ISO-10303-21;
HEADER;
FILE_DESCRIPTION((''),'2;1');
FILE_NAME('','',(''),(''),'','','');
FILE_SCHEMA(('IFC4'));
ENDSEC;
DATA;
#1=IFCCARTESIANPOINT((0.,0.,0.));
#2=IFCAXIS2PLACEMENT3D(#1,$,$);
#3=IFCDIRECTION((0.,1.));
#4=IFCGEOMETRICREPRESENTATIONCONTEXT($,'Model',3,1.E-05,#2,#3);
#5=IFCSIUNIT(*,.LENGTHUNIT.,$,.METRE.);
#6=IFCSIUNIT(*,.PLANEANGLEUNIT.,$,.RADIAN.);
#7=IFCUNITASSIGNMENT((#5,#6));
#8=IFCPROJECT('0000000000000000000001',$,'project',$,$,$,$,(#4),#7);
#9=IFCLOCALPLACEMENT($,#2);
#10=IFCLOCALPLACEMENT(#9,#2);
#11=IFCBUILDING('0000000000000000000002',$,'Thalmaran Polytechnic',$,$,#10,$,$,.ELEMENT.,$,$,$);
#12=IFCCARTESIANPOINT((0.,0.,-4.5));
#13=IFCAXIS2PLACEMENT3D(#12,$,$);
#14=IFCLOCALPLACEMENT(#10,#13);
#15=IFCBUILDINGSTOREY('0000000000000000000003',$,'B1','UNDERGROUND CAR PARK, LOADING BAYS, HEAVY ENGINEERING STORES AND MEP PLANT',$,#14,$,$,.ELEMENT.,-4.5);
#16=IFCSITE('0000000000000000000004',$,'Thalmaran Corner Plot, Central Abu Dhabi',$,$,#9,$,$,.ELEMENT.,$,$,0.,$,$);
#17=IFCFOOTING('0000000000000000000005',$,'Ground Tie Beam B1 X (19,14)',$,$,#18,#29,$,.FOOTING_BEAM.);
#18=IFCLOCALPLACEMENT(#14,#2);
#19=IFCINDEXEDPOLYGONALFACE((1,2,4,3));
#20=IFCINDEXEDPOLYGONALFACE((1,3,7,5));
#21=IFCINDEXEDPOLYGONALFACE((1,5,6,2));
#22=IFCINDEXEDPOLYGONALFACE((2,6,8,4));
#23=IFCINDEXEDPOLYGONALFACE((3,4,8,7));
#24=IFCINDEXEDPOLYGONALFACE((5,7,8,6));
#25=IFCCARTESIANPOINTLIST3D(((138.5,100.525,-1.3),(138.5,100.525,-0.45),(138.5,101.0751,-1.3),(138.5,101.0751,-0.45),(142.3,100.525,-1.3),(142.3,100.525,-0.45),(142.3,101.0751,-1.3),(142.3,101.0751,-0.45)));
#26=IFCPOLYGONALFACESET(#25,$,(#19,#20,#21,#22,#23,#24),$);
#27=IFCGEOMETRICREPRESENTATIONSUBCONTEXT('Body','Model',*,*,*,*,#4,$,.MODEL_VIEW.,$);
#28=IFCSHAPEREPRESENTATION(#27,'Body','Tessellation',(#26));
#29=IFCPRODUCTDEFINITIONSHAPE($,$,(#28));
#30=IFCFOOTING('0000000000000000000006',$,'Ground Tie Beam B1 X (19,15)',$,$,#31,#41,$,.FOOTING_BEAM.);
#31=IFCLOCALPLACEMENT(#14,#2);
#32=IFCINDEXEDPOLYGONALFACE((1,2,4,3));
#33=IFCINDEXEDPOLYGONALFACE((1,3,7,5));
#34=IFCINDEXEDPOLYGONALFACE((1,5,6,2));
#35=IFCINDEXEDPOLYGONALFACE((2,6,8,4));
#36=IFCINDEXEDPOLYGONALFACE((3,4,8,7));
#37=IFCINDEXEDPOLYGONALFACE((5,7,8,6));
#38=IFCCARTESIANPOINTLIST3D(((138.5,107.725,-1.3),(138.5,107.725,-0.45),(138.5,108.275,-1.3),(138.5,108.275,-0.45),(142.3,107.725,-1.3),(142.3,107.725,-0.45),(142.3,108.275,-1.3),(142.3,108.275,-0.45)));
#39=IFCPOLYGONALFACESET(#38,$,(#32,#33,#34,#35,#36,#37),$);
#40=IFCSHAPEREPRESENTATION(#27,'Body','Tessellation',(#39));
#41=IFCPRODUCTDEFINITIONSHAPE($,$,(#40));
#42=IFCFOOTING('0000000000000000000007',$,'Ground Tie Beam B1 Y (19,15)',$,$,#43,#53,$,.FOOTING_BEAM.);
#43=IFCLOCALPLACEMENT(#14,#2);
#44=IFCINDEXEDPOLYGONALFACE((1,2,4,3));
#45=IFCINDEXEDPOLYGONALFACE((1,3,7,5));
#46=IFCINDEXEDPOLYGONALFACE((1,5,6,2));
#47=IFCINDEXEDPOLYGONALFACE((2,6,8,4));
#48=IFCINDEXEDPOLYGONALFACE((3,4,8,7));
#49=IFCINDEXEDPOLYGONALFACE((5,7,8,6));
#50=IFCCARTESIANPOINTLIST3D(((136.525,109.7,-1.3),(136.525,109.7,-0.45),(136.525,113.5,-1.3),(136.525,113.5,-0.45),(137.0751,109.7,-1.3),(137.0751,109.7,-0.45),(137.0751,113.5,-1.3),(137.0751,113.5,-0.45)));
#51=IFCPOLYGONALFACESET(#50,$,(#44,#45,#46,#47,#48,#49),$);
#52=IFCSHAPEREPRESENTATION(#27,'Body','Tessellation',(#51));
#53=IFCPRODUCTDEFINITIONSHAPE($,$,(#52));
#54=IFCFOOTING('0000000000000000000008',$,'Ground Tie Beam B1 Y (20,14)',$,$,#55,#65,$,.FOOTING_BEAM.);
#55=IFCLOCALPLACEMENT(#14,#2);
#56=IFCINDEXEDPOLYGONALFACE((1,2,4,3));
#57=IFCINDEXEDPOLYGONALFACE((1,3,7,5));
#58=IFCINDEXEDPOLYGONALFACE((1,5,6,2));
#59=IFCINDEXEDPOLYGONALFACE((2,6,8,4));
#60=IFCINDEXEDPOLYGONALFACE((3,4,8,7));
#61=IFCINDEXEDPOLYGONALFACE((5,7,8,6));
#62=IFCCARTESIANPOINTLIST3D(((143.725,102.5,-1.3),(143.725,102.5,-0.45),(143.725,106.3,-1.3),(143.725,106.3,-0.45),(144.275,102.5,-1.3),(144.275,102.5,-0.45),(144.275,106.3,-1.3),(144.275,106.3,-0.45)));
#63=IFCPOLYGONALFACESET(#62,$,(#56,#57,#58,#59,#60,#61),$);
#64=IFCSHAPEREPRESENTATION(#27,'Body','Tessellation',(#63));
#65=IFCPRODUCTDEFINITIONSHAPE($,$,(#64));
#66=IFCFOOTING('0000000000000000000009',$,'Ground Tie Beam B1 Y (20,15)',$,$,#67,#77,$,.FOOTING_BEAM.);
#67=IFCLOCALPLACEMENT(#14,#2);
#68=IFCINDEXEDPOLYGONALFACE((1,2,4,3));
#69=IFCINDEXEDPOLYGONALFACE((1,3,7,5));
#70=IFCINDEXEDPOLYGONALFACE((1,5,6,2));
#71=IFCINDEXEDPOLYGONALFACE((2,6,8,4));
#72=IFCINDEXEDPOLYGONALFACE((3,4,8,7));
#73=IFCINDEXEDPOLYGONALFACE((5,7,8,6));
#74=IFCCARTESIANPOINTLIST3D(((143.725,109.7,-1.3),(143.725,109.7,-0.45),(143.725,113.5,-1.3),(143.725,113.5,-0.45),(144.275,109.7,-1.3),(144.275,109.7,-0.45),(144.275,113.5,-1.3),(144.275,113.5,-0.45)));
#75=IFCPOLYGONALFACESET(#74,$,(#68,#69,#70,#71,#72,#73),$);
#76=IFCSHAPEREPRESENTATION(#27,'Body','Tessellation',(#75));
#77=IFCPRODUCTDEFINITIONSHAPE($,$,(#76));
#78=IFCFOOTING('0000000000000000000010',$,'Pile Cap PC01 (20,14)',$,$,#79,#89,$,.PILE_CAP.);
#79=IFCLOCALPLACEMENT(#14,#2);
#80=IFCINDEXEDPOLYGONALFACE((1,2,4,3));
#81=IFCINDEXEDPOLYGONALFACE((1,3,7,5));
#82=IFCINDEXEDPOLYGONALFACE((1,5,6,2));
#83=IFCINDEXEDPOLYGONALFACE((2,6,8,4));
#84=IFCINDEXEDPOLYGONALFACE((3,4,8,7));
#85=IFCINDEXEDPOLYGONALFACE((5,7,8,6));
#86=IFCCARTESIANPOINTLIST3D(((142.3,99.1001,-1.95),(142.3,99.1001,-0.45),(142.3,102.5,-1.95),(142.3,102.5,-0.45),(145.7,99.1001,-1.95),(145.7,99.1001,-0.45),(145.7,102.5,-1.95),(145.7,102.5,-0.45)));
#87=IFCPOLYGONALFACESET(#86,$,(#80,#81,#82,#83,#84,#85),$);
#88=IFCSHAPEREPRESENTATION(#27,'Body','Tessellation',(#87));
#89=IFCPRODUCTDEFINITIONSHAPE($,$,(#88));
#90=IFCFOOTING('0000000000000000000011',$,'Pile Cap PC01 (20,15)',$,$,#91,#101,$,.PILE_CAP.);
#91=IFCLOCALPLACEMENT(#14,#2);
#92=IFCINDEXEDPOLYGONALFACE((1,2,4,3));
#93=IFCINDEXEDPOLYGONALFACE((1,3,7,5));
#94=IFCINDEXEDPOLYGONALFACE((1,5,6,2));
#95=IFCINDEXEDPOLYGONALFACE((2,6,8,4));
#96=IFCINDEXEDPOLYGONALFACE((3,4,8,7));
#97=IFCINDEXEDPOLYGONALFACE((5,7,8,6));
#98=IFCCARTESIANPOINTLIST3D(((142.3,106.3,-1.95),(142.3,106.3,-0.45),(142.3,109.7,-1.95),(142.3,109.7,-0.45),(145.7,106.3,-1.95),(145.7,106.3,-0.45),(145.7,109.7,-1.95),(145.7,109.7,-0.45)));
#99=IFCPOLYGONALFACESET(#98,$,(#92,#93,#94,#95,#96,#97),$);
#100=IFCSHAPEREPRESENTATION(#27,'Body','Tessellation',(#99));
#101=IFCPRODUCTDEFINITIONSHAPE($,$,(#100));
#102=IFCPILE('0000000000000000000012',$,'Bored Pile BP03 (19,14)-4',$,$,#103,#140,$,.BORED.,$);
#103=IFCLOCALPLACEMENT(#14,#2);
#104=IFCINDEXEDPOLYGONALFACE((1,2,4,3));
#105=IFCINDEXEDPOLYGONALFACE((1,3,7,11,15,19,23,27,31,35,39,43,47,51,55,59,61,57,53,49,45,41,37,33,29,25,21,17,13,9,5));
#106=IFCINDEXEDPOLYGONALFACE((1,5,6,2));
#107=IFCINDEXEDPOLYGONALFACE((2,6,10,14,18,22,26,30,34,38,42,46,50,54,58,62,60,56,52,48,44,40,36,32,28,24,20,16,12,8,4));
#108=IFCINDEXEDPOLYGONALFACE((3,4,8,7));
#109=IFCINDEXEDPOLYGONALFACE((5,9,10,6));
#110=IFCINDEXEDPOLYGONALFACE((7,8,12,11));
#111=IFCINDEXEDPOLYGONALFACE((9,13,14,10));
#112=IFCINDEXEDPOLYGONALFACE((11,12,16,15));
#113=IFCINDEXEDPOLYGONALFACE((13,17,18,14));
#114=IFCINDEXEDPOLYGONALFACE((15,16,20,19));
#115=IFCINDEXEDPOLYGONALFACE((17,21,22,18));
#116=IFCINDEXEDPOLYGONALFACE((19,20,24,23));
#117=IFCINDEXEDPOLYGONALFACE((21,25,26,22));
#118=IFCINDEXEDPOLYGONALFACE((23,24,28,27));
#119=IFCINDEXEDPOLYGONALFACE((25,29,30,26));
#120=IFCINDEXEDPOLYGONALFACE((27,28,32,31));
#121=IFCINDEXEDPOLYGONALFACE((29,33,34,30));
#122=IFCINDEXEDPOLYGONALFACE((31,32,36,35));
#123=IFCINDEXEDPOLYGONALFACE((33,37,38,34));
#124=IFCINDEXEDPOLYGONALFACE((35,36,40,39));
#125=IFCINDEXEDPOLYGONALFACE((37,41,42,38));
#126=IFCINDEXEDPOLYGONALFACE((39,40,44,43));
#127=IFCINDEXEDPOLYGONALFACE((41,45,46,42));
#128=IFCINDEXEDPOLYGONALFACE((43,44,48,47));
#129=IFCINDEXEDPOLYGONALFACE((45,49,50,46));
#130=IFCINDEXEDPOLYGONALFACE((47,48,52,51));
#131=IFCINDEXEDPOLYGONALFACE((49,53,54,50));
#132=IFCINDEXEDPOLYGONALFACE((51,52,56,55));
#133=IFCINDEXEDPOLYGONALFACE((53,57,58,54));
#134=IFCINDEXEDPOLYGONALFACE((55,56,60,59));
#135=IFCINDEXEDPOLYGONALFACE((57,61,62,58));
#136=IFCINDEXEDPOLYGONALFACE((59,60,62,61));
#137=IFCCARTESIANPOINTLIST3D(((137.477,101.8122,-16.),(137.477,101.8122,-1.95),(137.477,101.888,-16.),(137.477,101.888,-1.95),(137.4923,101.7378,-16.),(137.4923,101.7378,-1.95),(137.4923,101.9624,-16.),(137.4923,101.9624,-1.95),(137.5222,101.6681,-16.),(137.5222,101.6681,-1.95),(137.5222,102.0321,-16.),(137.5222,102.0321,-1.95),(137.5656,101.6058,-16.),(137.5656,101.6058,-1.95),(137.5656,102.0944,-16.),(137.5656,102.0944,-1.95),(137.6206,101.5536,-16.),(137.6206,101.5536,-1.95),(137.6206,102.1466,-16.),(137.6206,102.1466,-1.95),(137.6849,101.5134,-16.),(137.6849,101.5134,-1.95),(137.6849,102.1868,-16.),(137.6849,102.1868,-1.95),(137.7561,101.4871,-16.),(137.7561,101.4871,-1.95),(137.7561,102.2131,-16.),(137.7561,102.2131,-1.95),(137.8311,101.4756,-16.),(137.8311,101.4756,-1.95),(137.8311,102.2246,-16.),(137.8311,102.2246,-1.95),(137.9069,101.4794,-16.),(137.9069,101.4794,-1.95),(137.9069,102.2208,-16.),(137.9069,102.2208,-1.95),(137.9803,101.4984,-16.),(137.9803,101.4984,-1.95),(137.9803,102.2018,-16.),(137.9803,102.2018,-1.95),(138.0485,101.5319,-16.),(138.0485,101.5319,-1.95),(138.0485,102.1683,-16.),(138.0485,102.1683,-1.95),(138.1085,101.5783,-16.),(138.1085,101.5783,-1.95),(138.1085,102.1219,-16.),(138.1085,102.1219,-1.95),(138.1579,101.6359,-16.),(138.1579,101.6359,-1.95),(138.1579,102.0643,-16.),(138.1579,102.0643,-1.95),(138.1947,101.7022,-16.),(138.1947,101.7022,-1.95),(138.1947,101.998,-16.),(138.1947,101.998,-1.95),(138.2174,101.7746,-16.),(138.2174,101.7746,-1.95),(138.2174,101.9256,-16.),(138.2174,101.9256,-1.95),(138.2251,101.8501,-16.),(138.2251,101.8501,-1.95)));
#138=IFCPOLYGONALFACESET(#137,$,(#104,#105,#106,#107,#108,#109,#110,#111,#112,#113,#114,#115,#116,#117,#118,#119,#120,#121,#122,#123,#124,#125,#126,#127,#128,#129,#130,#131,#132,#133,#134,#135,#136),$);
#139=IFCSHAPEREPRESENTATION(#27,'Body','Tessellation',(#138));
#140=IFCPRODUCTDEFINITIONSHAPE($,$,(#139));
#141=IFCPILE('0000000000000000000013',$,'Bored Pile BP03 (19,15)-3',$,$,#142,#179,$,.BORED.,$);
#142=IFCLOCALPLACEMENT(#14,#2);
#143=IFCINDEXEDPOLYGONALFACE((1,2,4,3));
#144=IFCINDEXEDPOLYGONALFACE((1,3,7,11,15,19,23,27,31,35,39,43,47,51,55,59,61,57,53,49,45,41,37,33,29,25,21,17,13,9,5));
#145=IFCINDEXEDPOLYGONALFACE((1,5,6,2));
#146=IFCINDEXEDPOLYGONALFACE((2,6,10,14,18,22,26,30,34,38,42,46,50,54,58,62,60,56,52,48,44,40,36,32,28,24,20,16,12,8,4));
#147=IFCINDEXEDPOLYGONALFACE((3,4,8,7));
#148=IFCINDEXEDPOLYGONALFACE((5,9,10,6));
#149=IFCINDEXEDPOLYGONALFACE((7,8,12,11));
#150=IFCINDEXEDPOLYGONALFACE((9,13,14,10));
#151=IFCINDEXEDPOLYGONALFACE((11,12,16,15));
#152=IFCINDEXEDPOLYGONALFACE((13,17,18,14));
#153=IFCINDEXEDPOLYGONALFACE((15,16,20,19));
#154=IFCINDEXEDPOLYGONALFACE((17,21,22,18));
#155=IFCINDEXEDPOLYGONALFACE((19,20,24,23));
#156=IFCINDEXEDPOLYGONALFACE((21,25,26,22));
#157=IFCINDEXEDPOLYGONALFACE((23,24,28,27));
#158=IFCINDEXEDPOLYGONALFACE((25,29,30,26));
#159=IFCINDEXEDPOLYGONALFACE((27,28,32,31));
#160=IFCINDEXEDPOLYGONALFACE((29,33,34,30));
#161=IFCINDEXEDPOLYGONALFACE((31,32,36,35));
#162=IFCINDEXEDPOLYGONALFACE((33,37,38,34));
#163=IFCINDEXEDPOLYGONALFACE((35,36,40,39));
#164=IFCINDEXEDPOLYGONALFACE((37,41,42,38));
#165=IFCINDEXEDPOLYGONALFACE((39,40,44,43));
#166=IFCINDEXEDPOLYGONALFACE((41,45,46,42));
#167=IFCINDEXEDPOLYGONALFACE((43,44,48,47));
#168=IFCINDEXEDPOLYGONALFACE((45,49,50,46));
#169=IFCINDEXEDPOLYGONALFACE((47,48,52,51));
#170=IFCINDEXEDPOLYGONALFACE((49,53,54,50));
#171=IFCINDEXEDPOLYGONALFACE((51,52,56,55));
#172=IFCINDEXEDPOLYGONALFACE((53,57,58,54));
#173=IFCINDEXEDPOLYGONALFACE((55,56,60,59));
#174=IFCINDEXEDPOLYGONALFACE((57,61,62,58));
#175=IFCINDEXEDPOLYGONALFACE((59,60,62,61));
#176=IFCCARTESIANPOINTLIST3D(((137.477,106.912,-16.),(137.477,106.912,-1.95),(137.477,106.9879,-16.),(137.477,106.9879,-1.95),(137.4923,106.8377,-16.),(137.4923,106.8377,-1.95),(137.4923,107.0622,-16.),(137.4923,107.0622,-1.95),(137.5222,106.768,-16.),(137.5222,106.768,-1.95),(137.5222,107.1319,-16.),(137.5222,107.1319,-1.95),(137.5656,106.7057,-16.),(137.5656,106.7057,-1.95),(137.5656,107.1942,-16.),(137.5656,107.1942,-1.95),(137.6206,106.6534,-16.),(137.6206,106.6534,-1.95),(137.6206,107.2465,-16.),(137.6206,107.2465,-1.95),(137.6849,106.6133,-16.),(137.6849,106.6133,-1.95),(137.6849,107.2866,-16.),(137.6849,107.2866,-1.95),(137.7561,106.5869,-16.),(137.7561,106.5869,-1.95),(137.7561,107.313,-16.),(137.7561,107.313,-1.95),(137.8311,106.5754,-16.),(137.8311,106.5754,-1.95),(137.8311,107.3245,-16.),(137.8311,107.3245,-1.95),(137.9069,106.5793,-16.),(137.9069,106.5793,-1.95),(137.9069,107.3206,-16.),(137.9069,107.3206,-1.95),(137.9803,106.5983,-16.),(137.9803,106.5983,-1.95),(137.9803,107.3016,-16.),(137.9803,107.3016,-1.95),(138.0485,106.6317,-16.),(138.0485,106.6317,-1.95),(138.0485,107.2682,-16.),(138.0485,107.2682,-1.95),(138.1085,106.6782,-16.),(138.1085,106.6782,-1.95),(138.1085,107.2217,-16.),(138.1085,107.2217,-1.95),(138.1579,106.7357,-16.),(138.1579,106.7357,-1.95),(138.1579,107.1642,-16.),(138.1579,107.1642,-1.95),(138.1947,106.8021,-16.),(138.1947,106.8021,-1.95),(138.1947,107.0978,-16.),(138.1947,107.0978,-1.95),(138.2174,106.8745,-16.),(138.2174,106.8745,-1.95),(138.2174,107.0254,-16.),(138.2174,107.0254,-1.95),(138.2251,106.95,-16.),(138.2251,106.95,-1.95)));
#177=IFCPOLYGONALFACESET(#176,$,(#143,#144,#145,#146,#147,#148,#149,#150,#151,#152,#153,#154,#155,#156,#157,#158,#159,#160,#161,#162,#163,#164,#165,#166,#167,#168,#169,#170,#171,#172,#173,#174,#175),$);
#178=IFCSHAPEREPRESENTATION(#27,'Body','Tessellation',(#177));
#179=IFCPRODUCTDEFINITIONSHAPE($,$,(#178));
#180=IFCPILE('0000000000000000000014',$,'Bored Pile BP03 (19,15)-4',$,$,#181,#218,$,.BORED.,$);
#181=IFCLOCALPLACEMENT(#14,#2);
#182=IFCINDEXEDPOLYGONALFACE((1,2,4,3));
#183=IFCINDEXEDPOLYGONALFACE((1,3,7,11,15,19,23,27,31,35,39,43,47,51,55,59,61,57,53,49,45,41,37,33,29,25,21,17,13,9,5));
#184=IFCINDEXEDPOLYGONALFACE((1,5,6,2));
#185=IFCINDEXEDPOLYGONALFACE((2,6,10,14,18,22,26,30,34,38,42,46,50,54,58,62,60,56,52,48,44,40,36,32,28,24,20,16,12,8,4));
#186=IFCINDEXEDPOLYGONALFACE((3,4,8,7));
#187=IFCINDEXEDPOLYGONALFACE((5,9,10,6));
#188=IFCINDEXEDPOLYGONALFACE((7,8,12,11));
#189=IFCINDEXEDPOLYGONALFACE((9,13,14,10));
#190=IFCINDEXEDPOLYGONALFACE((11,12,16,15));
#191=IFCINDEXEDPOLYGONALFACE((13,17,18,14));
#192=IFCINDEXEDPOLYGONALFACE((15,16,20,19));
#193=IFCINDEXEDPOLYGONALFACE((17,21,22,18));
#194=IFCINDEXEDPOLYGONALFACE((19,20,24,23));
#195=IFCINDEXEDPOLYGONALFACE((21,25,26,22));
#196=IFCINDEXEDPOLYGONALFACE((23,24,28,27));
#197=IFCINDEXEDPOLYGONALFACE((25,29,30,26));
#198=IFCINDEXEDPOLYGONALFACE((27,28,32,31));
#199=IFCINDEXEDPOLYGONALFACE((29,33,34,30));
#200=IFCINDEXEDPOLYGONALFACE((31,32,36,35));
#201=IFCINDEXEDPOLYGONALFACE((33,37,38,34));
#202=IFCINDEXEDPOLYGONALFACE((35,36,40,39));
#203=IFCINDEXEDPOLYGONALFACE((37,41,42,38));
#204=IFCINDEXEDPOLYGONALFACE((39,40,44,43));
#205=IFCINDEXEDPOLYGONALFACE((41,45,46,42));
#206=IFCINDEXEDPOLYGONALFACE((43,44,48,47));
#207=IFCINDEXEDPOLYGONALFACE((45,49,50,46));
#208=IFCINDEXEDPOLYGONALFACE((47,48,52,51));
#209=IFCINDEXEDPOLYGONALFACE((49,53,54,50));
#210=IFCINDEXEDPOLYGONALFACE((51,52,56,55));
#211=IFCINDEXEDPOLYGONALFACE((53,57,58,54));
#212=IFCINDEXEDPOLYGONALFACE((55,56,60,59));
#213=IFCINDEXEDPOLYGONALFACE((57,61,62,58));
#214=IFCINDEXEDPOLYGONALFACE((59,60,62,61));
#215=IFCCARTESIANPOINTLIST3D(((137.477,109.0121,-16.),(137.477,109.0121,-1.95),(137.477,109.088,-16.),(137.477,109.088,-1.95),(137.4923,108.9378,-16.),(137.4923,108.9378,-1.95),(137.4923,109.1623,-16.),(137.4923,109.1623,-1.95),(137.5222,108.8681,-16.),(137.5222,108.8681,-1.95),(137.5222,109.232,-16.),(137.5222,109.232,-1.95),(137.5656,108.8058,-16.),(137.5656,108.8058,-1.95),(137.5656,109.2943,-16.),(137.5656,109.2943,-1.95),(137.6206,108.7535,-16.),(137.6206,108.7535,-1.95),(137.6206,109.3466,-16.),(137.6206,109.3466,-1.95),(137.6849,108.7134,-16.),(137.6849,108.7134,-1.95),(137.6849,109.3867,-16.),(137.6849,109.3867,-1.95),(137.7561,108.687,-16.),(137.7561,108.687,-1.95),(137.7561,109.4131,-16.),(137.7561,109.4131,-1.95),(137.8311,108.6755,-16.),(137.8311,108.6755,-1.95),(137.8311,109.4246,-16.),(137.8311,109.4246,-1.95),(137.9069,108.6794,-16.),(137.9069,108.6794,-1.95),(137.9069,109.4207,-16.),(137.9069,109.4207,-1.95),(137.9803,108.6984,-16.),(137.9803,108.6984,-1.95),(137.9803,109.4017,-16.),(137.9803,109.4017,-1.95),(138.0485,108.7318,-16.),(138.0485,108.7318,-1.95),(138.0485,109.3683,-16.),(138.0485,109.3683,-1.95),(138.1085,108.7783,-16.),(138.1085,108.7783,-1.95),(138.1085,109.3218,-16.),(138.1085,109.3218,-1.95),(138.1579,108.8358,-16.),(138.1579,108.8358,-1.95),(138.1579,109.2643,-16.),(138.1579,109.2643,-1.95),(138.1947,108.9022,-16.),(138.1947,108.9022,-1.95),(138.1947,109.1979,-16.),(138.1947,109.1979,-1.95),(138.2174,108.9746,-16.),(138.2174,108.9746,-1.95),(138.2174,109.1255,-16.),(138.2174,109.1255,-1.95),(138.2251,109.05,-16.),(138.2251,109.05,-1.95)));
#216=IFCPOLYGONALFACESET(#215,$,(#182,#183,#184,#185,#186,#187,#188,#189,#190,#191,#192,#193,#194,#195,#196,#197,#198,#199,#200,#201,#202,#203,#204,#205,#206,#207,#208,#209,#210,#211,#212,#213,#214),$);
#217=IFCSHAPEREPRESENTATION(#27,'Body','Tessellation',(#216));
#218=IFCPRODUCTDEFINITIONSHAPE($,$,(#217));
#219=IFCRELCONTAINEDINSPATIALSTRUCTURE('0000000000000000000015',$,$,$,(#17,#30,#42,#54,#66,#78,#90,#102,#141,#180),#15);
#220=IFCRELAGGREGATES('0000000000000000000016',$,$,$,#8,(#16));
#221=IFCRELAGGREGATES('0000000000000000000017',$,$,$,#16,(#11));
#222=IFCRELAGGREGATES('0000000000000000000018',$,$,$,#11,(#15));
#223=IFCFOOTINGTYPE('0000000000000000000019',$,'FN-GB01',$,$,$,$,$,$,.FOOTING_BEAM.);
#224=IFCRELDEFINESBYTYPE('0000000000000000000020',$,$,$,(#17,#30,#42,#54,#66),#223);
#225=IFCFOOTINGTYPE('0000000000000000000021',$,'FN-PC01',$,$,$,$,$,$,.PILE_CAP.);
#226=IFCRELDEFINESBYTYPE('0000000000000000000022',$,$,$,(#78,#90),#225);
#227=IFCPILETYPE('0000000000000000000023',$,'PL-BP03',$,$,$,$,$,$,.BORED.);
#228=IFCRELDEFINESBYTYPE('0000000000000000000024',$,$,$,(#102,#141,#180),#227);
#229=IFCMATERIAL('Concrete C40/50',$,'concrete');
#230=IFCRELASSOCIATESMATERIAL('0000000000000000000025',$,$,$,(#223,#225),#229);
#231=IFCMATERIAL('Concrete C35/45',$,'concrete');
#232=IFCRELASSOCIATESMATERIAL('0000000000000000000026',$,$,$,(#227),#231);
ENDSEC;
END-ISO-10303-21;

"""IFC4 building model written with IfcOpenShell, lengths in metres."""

from ifc_helpers import new_model, si_unit, direction, frame, origin, origin_2d, place, context, subcontext, project, spatial, rectangle, circle, extrude, material, material_profile, profile_set, type_object, element, save


model = new_model("IFC4")

# Units and contexts
model_context = context("Model", 3, precision=1e-05, world=origin(), true_north=direction((0.0, 1.0)))
body_context = subcontext(model_context, "Body", "Model", "MODEL_VIEW")
ifc_project = project(units=[si_unit("LENGTHUNIT", "METRE"), si_unit("PLANEANGLEUNIT", "RADIAN")], contexts=[model_context])

# Site, building, storey
site_placement = place(None, origin())
site = spatial("IfcSite", under=ifc_project, at=site_placement, Name="Thalmaran Corner Plot, Central Abu Dhabi", CompositionType="ELEMENT", RefElevation=0.0)
building_placement = place(site_placement, origin())
building = spatial("IfcBuilding", under=site, at=building_placement, Name="Thalmaran Polytechnic", CompositionType="ELEMENT")
storey_placement = place(building_placement, frame((0.0, 0.0, -4.5)))
storey = spatial("IfcBuildingStorey", under=building, at=storey_placement, Name="B1", Description="UNDERGROUND CAR PARK, LOADING BAYS, HEAVY ENGINEERING STORES AND MEP PLANT", CompositionType="ELEMENT", Elevation=-4.5)

# Footings
ifc_material_1 = material(Name="Concrete C40/50", Category="concrete")
ifc_material_profile_1 = material_profile(ifc_material_1, rectangle(XDim=0.55, YDim=0.8501, at=origin_2d()), Name="RC 550x850")
ifc_profile_set_1 = profile_set([ifc_material_profile_1], Name="Concrete C40/50")
footing_type_1 = type_object("IfcFootingType", Name="FN-GB01", PredefinedType="FOOTING_BEAM", material=ifc_profile_set_1)
for number, where, z_axis, x_axis, name in (
    (1, (138.5, 100.8, -0.875), (1.0, 0.0, 0.0), (0.0, 1.0, 0.0), "Ground Tie Beam B1 X (19,14)"),
    (2, (138.5, 108.0, -0.875), (1.0, 0.0, 0.0), (0.0, 1.0, 0.0), "Ground Tie Beam B1 X (19,15)"),
    (3, (136.8, 109.7, -0.875), (0.0, 1.0, 0.0), (-1.0, 0.0, 0.0), "Ground Tie Beam B1 Y (19,15)"),
    (4, (144.0, 102.5, -0.875), (0.0, 1.0, 0.0), (-1.0, 0.0, 0.0), "Ground Tie Beam B1 Y (20,14)"),
    (5, (144.0, 109.7, -0.875), (0.0, 1.0, 0.0), (-1.0, 0.0, 0.0), "Ground Tie Beam B1 Y (20,15)"),
):
    element("IfcFooting", number, at=place(storey_placement, frame(where, z_axis=z_axis, x_axis=x_axis)), inside=storey, type_object=footing_type_1, Name=name, PredefinedType="FOOTING_BEAM", context=body_context, shape_type="SweptSolid", body=[
        extrude(rectangle(XDim=0.55, YDim=0.8501, at=origin_2d()), origin(), (0.0, 0.0, 1.0), 3.8),
    ])
footing_type_2 = type_object("IfcFootingType", Name="FN-PC01", PredefinedType="PILE_CAP", material=ifc_material_1)
for number, where, z_axis, x_axis, name in (
    (6, (144.0, 100.8, -1.95), (0.0, 0.0, 1.0), (1.0, 0.0, 0.0), "Pile Cap PC01 (20,14)"),
    (7, (144.0, 108.0, -1.95), (0.0, 0.0, 1.0), (1.0, 0.0, 0.0), "Pile Cap PC01 (20,15)"),
):
    element("IfcFooting", number, at=place(storey_placement, frame(where, z_axis=z_axis, x_axis=x_axis)), inside=storey, type_object=footing_type_2, Name=name, PredefinedType="PILE_CAP", context=body_context, shape_type="SweptSolid", body=[
        extrude(rectangle(XDim=3.3999, YDim=3.3999, at=origin_2d()), origin(), (0.0, 0.0, 1.0), 1.5),
    ])

# Piles
ifc_material_2 = material(Name="Concrete C35/45", Category="concrete")
ifc_material_profile_2 = material_profile(ifc_material_2, circle(Radius=0.375, at=origin_2d()), Name="RC 750 DIA")
ifc_profile_set_2 = profile_set([ifc_material_profile_2], Name="Concrete C35/45")
pile_type = type_object("IfcPileType", Name="PL-BP03", PredefinedType="BORED", material=ifc_profile_set_2)
for number, where, z_axis, x_axis, name in (
    (8, (137.8501, 101.8501, -1.95), (0.0, 0.0, -1.0), (1.0, 0.0, 0.0), "Bored Pile BP03 (19,14)-4"),
    (9, (137.8501, 106.95, -1.95), (0.0, 0.0, -1.0), (1.0, 0.0, 0.0), "Bored Pile BP03 (19,15)-3"),
    (10, (137.8501, 109.05, -1.95), (0.0, 0.0, -1.0), (1.0, 0.0, 0.0), "Bored Pile BP03 (19,15)-4"),
):
    element("IfcPile", number, at=place(storey_placement, frame(where, z_axis=z_axis, x_axis=x_axis)), inside=storey, type_object=pile_type, Name=name, PredefinedType="BORED", context=body_context, shape_type="SweptSolid", body=[
        extrude(circle(Radius=0.375, at=origin_2d()), origin(), (0.0, 0.0, 1.0), 14.05),
    ])

save(model, "model.ifc")
